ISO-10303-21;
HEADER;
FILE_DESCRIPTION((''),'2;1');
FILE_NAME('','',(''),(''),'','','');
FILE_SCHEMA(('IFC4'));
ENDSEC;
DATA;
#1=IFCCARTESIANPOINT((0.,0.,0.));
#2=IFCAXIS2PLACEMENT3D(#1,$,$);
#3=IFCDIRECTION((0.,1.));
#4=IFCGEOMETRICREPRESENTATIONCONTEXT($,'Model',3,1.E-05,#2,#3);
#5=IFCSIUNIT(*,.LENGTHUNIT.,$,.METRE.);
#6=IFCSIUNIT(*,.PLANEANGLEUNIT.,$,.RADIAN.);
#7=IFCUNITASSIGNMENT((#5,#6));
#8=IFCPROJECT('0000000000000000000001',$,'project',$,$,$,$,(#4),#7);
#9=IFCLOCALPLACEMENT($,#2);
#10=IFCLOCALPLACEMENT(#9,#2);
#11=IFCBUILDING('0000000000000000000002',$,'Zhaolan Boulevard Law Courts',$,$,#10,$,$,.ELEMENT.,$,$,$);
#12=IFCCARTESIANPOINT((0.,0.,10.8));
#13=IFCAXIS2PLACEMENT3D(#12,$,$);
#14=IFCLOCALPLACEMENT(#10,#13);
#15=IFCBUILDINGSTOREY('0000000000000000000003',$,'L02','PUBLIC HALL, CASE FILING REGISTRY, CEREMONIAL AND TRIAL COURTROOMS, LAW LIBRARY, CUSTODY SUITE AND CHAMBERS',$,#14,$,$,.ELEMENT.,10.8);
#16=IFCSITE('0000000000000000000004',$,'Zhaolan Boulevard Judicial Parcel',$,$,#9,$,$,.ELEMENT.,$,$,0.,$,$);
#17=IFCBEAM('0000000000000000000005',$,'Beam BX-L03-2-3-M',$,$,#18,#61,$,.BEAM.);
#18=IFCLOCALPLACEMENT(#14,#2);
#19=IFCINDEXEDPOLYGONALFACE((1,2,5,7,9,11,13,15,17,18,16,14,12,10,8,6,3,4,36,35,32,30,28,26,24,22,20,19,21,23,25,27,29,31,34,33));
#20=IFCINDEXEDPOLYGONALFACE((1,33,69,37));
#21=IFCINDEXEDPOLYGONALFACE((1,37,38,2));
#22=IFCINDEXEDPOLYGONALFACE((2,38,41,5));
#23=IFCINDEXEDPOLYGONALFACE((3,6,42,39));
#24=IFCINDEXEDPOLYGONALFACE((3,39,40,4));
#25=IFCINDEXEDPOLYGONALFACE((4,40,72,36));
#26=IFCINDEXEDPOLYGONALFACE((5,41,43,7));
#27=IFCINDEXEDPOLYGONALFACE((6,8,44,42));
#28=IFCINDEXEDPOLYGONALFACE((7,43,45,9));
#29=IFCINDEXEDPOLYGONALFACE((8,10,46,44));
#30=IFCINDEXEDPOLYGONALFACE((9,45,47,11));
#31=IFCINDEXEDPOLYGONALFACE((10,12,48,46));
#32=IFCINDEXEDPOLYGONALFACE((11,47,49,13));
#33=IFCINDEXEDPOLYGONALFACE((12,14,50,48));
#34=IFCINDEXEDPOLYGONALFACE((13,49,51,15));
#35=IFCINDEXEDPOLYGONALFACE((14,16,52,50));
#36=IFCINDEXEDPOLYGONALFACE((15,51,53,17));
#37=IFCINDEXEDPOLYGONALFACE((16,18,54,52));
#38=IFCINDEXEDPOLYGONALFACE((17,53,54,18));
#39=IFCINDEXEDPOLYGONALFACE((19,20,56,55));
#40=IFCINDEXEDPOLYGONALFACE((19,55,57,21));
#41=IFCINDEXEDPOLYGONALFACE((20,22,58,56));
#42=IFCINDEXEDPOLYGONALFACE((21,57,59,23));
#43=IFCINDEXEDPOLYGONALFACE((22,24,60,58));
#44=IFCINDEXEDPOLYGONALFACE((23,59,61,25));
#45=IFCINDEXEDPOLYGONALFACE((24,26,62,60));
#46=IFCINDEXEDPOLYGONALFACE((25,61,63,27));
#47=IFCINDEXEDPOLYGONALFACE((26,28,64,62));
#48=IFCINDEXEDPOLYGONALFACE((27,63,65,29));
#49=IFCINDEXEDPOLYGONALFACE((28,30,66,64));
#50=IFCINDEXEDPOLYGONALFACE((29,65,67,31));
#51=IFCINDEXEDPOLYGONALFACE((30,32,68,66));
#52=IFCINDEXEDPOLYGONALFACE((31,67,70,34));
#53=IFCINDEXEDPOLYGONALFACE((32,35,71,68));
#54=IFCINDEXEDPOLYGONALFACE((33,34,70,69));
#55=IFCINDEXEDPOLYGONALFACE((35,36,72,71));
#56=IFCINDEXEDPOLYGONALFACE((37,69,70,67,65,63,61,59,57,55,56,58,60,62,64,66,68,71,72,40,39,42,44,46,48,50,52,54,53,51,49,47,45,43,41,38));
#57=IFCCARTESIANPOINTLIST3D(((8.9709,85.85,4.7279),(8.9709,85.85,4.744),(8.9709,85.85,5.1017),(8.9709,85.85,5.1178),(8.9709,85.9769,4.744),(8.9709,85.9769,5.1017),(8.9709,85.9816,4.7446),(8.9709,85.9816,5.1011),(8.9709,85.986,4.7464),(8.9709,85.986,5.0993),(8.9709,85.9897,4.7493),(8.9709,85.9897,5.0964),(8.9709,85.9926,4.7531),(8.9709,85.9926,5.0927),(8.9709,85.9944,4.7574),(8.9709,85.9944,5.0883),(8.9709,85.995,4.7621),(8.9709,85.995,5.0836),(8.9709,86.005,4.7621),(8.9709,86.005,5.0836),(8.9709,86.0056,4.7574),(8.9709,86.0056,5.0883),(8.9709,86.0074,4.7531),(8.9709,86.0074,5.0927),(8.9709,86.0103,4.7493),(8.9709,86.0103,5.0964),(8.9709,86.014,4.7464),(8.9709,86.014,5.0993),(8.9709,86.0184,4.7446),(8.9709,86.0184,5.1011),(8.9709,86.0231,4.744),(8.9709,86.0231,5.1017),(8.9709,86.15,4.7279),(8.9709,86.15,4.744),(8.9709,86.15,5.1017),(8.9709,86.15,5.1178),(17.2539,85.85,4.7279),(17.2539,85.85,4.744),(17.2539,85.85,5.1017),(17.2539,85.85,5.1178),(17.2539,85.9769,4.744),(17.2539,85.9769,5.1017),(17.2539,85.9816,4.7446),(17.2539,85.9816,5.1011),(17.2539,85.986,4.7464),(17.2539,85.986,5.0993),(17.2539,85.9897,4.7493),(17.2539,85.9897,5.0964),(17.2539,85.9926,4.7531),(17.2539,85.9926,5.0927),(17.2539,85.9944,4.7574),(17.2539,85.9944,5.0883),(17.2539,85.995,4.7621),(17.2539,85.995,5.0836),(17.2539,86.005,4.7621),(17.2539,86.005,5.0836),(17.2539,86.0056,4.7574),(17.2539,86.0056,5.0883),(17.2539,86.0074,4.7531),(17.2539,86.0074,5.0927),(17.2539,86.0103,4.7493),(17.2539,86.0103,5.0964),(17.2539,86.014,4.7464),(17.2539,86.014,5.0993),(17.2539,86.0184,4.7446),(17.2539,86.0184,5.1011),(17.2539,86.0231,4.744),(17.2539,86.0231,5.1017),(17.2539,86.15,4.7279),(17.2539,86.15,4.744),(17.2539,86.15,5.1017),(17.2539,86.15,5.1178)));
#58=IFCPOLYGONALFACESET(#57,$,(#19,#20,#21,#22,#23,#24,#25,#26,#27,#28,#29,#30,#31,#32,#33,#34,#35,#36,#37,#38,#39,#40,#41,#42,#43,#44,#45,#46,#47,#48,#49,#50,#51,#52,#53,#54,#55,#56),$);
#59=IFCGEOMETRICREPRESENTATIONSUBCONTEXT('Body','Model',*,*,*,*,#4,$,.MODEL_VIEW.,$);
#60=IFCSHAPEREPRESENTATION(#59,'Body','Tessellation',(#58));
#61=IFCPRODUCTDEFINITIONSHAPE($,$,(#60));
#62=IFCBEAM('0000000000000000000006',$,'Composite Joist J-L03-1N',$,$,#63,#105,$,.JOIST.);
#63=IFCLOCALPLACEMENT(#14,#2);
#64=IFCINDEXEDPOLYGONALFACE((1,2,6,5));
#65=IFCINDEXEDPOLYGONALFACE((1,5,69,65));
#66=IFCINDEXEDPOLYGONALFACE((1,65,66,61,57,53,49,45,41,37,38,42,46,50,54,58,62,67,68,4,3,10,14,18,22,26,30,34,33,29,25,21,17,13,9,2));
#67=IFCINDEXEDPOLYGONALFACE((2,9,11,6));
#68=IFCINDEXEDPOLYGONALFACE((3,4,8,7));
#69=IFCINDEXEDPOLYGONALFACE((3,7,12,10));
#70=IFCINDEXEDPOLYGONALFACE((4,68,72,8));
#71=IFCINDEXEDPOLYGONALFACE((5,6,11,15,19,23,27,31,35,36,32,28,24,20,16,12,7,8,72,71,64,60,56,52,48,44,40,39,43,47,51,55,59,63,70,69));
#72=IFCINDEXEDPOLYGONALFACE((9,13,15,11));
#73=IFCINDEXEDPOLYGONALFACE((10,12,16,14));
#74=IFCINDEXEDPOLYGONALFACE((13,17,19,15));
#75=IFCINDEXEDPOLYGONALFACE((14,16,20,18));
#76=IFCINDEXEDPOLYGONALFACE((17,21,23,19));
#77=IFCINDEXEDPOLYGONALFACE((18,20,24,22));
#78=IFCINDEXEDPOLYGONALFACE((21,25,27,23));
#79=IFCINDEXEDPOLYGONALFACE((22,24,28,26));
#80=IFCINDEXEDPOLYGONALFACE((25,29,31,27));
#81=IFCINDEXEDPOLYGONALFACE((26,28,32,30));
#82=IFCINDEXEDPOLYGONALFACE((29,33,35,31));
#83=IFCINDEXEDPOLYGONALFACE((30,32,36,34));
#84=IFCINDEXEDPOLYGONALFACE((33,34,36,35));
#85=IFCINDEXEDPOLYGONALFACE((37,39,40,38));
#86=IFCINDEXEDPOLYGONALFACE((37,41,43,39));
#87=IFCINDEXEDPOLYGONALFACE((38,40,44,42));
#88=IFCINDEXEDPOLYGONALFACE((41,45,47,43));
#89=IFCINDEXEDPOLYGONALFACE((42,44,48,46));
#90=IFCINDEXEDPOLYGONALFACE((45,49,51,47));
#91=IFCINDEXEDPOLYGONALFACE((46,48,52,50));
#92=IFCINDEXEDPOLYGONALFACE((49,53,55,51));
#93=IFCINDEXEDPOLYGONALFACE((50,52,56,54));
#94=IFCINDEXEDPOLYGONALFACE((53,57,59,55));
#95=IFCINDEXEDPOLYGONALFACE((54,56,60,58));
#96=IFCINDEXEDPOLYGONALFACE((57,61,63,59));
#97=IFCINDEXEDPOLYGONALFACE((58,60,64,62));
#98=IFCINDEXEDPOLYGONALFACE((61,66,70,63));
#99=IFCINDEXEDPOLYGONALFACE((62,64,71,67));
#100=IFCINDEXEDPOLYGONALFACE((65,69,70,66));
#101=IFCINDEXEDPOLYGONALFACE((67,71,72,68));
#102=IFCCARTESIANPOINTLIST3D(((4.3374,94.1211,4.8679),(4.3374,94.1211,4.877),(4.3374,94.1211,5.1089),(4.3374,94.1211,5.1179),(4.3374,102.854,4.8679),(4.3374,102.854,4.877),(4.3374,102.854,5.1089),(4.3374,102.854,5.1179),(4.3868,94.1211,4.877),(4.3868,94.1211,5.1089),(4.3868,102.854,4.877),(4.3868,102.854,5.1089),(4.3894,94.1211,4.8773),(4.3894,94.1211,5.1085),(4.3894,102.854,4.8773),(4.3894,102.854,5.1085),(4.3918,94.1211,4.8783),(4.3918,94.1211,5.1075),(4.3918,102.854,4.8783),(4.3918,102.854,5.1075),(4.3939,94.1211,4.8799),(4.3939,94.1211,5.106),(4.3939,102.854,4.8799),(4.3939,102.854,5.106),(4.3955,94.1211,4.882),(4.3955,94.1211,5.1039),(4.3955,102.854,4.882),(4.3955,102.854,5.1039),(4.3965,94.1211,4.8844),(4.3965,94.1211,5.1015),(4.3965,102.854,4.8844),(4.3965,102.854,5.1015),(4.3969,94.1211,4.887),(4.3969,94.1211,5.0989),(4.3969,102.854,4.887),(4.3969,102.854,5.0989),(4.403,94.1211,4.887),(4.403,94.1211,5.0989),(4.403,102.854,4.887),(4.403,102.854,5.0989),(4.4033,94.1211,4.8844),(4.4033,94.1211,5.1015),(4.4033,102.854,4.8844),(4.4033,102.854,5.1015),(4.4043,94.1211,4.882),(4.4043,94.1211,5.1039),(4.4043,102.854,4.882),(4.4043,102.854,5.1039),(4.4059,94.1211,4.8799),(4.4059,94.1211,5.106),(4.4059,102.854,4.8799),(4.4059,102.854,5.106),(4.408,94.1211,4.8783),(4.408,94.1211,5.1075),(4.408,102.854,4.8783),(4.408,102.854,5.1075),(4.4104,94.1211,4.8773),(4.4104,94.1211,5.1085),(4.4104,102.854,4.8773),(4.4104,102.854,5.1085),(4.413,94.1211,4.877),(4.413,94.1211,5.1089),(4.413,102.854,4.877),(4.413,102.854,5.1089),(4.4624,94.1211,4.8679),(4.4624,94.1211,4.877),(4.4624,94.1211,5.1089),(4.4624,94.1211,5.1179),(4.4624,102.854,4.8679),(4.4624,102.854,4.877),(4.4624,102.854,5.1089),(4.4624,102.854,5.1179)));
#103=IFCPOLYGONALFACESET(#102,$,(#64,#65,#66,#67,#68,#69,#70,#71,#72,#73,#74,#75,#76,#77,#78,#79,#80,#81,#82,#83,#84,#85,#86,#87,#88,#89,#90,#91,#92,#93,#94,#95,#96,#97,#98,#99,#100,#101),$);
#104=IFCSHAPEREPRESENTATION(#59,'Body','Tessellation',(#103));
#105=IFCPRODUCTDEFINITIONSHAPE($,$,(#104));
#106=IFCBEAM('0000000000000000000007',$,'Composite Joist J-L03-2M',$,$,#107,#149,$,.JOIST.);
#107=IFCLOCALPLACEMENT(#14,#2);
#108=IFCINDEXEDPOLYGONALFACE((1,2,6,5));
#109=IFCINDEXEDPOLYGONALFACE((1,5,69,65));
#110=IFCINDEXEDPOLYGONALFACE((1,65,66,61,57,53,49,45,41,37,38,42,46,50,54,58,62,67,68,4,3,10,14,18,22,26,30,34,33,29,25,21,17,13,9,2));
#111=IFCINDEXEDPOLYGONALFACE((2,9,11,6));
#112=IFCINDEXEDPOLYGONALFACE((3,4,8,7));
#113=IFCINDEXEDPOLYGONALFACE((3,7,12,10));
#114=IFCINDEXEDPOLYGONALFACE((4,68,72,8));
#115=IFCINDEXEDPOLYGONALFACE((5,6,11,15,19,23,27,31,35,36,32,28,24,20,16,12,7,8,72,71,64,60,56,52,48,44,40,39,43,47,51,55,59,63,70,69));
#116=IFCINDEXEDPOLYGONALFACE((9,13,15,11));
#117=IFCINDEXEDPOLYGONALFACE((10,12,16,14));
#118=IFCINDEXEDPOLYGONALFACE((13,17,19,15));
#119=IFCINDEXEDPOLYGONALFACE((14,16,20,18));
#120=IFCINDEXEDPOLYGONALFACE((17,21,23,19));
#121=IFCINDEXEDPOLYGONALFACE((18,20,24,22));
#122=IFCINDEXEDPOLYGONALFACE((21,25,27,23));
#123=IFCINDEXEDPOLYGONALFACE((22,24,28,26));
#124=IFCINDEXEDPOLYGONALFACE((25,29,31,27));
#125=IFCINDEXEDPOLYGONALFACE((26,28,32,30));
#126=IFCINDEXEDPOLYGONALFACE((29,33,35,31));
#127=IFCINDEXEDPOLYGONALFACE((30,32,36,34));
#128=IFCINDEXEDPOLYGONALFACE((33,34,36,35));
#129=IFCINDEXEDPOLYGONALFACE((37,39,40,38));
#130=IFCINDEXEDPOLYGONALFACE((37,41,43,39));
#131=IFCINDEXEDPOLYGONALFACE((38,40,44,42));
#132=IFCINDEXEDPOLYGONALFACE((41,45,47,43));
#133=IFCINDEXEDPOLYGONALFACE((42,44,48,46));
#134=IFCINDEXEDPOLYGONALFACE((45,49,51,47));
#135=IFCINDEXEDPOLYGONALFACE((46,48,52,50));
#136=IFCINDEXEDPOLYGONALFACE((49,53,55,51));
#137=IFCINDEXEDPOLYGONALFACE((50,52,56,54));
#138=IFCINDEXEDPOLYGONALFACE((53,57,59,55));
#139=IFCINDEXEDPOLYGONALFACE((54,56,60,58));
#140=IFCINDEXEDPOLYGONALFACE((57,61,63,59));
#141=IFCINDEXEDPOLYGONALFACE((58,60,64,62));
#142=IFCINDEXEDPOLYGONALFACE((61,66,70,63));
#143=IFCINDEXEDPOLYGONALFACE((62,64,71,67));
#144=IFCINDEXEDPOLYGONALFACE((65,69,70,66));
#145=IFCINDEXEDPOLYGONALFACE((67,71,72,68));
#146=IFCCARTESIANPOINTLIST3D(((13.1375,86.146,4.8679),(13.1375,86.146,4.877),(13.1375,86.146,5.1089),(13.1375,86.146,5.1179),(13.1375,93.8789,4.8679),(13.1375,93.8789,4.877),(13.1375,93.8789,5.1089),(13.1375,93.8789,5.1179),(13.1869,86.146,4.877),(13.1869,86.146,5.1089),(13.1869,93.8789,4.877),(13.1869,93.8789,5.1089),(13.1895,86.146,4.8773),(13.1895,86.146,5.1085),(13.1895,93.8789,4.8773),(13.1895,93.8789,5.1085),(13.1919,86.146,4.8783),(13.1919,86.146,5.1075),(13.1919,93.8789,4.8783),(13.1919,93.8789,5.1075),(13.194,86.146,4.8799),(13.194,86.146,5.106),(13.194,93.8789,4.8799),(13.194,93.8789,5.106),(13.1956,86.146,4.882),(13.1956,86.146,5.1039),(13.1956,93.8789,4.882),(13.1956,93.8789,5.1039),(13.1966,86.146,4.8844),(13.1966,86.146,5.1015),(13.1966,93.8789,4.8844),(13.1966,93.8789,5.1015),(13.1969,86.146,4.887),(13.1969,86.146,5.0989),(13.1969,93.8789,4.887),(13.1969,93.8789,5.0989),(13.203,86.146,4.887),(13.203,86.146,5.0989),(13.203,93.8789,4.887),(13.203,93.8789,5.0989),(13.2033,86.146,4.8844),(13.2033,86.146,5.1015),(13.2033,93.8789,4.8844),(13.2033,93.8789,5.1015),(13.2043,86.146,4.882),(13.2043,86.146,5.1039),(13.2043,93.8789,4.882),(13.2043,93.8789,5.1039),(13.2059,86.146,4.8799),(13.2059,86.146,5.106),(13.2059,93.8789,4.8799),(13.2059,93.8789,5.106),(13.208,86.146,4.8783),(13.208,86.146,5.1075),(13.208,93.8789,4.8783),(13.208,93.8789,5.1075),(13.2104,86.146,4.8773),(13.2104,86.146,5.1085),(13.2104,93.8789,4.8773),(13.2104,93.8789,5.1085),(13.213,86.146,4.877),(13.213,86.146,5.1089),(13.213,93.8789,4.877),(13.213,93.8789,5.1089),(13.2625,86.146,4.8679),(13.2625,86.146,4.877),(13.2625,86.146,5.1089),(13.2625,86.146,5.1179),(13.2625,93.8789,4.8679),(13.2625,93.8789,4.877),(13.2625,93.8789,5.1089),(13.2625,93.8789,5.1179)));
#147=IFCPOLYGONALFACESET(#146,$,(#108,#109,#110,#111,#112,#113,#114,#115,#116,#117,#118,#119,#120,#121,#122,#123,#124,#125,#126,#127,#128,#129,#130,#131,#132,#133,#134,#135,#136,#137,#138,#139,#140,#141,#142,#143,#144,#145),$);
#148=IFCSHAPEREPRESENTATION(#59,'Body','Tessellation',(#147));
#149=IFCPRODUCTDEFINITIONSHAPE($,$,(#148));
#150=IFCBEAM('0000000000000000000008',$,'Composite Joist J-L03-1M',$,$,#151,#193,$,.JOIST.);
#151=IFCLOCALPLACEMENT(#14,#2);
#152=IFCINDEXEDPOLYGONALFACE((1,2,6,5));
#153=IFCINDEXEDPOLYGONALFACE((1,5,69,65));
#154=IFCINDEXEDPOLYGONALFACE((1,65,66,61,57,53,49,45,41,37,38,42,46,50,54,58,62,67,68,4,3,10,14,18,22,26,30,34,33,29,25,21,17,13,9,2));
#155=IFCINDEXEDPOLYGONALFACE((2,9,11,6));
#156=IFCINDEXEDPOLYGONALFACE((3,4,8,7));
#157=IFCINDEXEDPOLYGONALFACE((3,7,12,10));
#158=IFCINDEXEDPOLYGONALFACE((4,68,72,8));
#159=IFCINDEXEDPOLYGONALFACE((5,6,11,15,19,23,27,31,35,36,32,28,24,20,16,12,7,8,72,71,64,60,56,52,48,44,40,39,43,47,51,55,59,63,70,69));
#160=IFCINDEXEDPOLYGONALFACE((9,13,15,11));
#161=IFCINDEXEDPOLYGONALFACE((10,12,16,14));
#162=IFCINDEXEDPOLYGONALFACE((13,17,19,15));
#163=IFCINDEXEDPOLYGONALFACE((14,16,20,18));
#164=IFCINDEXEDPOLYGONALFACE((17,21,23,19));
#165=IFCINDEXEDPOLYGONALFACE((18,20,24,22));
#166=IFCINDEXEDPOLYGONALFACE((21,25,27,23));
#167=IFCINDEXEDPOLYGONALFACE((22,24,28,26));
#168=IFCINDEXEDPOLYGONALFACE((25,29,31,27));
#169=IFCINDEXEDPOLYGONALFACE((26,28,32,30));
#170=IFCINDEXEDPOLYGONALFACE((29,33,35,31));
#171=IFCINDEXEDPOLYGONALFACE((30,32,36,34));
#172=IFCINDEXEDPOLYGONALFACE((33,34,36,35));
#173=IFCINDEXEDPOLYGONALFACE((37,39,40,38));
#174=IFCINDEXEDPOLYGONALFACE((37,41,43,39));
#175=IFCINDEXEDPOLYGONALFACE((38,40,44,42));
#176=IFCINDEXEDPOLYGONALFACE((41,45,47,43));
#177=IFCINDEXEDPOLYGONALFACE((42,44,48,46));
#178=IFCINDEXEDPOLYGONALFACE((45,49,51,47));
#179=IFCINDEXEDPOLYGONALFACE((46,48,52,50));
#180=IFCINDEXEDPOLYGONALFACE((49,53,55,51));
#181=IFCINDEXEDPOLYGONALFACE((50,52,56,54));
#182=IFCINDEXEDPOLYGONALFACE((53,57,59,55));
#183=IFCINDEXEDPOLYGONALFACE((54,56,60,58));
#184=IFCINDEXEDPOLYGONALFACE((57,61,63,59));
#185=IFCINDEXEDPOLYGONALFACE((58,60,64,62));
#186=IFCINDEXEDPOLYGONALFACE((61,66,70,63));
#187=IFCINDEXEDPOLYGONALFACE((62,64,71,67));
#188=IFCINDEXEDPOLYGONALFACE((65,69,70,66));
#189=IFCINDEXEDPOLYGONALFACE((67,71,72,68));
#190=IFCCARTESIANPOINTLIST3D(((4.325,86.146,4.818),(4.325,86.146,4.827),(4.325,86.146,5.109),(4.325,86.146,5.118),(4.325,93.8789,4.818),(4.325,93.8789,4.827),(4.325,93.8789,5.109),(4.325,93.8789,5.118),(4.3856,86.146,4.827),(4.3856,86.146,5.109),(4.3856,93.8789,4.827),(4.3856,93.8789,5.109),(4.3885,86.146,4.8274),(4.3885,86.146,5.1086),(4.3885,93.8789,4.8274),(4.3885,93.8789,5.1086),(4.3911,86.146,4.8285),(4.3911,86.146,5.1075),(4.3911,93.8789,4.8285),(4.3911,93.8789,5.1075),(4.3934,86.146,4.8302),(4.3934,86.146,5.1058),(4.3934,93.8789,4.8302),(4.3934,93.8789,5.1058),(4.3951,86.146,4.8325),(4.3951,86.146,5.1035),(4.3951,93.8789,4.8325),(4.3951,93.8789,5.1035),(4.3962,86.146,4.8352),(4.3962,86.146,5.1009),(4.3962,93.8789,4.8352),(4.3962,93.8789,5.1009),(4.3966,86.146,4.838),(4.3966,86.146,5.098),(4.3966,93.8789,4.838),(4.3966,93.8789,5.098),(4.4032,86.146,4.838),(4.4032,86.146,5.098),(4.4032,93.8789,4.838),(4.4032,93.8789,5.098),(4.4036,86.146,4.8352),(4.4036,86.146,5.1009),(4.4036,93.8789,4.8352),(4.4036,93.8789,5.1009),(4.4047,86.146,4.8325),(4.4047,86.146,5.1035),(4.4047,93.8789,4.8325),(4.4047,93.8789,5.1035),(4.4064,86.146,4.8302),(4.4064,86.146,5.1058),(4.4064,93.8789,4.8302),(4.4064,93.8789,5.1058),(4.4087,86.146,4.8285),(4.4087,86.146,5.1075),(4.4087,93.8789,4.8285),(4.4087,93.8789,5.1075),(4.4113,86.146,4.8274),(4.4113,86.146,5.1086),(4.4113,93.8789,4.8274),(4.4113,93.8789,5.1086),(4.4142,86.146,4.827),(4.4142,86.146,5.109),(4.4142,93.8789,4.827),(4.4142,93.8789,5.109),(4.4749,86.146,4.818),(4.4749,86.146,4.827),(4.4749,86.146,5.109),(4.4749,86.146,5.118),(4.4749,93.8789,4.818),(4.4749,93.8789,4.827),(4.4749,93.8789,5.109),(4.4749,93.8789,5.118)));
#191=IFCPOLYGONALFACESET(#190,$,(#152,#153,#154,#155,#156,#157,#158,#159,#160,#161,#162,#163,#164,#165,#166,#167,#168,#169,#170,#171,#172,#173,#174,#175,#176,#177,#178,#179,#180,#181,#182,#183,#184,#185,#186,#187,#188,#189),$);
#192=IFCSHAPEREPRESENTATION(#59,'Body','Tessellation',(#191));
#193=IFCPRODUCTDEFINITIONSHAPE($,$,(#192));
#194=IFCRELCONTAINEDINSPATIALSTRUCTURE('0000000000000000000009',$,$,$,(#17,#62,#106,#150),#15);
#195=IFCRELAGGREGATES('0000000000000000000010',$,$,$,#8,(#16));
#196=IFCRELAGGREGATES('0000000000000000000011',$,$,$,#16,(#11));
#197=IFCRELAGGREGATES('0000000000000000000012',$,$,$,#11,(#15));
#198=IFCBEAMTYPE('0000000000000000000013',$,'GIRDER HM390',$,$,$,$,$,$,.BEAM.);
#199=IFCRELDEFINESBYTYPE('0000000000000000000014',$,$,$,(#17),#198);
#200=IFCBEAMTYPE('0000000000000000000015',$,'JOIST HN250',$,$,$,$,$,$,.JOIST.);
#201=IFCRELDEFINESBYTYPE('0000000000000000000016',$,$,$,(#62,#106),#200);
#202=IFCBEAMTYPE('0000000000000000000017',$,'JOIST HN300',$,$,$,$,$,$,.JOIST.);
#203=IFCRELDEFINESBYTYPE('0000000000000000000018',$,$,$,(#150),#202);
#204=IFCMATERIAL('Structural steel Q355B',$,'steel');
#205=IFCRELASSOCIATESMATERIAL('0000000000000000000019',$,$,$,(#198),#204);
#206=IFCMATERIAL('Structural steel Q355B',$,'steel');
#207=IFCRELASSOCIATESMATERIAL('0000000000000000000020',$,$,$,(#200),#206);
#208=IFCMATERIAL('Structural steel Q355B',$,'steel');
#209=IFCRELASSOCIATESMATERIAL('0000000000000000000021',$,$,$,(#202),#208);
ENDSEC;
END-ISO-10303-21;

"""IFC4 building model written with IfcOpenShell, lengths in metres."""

from ifc_helpers import new_model, si_unit, direction, frame, origin, origin_2d, place, context, subcontext, project, spatial, i_section, extrude, material, material_profile, profile_set, type_object, element, save


model = new_model("IFC4")

# Units and contexts
model_context = context("Model", 3, precision=1e-05, world=origin(), true_north=direction((0.0, 1.0)))
body_context = subcontext(model_context, "Body", "Model", "MODEL_VIEW")
ifc_project = project(units=[si_unit("LENGTHUNIT", "METRE"), si_unit("PLANEANGLEUNIT", "RADIAN")], contexts=[model_context])

# Site, building, storey
site_placement = place(None, origin())
site = spatial("IfcSite", under=ifc_project, at=site_placement, Name="Zhaolan Boulevard Judicial Parcel", CompositionType="ELEMENT", RefElevation=0.0)
building_placement = place(site_placement, origin())
building = spatial("IfcBuilding", under=site, at=building_placement, Name="Zhaolan Boulevard Law Courts", CompositionType="ELEMENT")
storey_placement = place(building_placement, frame((0.0, 0.0, 10.8)))
storey = spatial("IfcBuildingStorey", under=building, at=storey_placement, Name="L02", Description="PUBLIC HALL, CASE FILING REGISTRY, CEREMONIAL AND TRIAL COURTROOMS, LAW LIBRARY, CUSTODY SUITE AND CHAMBERS", CompositionType="ELEMENT", Elevation=10.8)

# Beams
ifc_material_1 = material(Name="Structural steel Q355B", Category="steel")
ifc_material_profile_1 = material_profile(ifc_material_1, i_section(OverallWidth=0.3, OverallDepth=0.3899, WebThickness=0.01, FlangeThickness=0.0161, FilletRadius=0.0181, at=origin_2d()), Name="HM390x300")
ifc_profile_set_1 = profile_set([ifc_material_profile_1], Name="Structural steel Q355B")
beam_type_1 = type_object("IfcBeamType", Name="GIRDER HM390", PredefinedType="BEAM", material=ifc_profile_set_1)
beam_1_placement = place(storey_placement, frame((8.9709, 86.0, 4.9229), z_axis=(1.0, 0.0, 0.0), x_axis=(0.0, 1.0, 0.0)))
element("IfcBeam", 1, at=beam_1_placement, inside=storey, type_object=beam_type_1, Name="Beam BX-L03-2-3-M", PredefinedType="BEAM", context=body_context, shape_type="SweptSolid", body=[
    extrude(i_section(OverallWidth=0.3, OverallDepth=0.3899, WebThickness=0.01, FlangeThickness=0.0161, FilletRadius=0.0181, at=origin_2d()), origin(), (0.0, 0.0, 1.0), 8.283),
])
ifc_material_2 = material(Name="Structural steel Q355B", Category="steel")
ifc_material_profile_2 = material_profile(ifc_material_2, i_section(OverallWidth=0.125, OverallDepth=0.25, WebThickness=0.0061, FlangeThickness=0.009, FilletRadius=0.01, at=origin_2d()), Name="HN250x125")
ifc_profile_set_2 = profile_set([ifc_material_profile_2], Name="Structural steel Q355B")
beam_type_2 = type_object("IfcBeamType", Name="JOIST HN250", PredefinedType="JOIST", material=ifc_profile_set_2)
beam_2_placement = place(storey_placement, frame((4.3999, 94.1211, 4.9929), z_axis=(0.0, 1.0, 0.0), x_axis=(-1.0, 0.0, 0.0)))
element("IfcBeam", 2, at=beam_2_placement, inside=storey, type_object=beam_type_2, Name="Composite Joist J-L03-1N", PredefinedType="JOIST", context=body_context, shape_type="SweptSolid", body=[
    extrude(i_section(OverallWidth=0.125, OverallDepth=0.25, WebThickness=0.0061, FlangeThickness=0.009, FilletRadius=0.01, at=origin_2d()), origin(), (0.0, 0.0, 1.0), 8.7329),
])
beam_3_placement = place(storey_placement, frame((13.2, 86.146, 4.9929), z_axis=(0.0, 1.0, 0.0), x_axis=(-1.0, 0.0, 0.0)))
element("IfcBeam", 3, at=beam_3_placement, inside=storey, type_object=beam_type_2, Name="Composite Joist J-L03-2M", PredefinedType="JOIST", context=body_context, shape_type="SweptSolid", body=[
    extrude(i_section(OverallWidth=0.125, OverallDepth=0.25, WebThickness=0.0061, FlangeThickness=0.009, FilletRadius=0.01, at=origin_2d()), origin(), (0.0, 0.0, 1.0), 7.7329),
])
ifc_material_3 = material(Name="Structural steel Q355B", Category="steel")
ifc_material_profile_3 = material_profile(ifc_material_3, i_section(OverallWidth=0.1499, OverallDepth=0.3, WebThickness=0.0066, FlangeThickness=0.009, FilletRadius=0.011, at=origin_2d()), Name="HN300x150")
ifc_profile_set_3 = profile_set([ifc_material_profile_3], Name="Structural steel Q355B")
beam_type_3 = type_object("IfcBeamType", Name="JOIST HN300", PredefinedType="JOIST", material=ifc_profile_set_3)
beam_4_placement = place(storey_placement, frame((4.3999, 86.146, 4.968), z_axis=(0.0, 1.0, 0.0), x_axis=(-1.0, 0.0, 0.0)))
element("IfcBeam", 4, at=beam_4_placement, inside=storey, type_object=beam_type_3, Name="Composite Joist J-L03-1M", PredefinedType="JOIST", context=body_context, shape_type="SweptSolid", body=[
    extrude(i_section(OverallWidth=0.1499, OverallDepth=0.3, WebThickness=0.0066, FlangeThickness=0.009, FilletRadius=0.011, at=origin_2d()), origin(), (0.0, 0.0, 1.0), 7.7329),
])

save(model, "model.ifc")
